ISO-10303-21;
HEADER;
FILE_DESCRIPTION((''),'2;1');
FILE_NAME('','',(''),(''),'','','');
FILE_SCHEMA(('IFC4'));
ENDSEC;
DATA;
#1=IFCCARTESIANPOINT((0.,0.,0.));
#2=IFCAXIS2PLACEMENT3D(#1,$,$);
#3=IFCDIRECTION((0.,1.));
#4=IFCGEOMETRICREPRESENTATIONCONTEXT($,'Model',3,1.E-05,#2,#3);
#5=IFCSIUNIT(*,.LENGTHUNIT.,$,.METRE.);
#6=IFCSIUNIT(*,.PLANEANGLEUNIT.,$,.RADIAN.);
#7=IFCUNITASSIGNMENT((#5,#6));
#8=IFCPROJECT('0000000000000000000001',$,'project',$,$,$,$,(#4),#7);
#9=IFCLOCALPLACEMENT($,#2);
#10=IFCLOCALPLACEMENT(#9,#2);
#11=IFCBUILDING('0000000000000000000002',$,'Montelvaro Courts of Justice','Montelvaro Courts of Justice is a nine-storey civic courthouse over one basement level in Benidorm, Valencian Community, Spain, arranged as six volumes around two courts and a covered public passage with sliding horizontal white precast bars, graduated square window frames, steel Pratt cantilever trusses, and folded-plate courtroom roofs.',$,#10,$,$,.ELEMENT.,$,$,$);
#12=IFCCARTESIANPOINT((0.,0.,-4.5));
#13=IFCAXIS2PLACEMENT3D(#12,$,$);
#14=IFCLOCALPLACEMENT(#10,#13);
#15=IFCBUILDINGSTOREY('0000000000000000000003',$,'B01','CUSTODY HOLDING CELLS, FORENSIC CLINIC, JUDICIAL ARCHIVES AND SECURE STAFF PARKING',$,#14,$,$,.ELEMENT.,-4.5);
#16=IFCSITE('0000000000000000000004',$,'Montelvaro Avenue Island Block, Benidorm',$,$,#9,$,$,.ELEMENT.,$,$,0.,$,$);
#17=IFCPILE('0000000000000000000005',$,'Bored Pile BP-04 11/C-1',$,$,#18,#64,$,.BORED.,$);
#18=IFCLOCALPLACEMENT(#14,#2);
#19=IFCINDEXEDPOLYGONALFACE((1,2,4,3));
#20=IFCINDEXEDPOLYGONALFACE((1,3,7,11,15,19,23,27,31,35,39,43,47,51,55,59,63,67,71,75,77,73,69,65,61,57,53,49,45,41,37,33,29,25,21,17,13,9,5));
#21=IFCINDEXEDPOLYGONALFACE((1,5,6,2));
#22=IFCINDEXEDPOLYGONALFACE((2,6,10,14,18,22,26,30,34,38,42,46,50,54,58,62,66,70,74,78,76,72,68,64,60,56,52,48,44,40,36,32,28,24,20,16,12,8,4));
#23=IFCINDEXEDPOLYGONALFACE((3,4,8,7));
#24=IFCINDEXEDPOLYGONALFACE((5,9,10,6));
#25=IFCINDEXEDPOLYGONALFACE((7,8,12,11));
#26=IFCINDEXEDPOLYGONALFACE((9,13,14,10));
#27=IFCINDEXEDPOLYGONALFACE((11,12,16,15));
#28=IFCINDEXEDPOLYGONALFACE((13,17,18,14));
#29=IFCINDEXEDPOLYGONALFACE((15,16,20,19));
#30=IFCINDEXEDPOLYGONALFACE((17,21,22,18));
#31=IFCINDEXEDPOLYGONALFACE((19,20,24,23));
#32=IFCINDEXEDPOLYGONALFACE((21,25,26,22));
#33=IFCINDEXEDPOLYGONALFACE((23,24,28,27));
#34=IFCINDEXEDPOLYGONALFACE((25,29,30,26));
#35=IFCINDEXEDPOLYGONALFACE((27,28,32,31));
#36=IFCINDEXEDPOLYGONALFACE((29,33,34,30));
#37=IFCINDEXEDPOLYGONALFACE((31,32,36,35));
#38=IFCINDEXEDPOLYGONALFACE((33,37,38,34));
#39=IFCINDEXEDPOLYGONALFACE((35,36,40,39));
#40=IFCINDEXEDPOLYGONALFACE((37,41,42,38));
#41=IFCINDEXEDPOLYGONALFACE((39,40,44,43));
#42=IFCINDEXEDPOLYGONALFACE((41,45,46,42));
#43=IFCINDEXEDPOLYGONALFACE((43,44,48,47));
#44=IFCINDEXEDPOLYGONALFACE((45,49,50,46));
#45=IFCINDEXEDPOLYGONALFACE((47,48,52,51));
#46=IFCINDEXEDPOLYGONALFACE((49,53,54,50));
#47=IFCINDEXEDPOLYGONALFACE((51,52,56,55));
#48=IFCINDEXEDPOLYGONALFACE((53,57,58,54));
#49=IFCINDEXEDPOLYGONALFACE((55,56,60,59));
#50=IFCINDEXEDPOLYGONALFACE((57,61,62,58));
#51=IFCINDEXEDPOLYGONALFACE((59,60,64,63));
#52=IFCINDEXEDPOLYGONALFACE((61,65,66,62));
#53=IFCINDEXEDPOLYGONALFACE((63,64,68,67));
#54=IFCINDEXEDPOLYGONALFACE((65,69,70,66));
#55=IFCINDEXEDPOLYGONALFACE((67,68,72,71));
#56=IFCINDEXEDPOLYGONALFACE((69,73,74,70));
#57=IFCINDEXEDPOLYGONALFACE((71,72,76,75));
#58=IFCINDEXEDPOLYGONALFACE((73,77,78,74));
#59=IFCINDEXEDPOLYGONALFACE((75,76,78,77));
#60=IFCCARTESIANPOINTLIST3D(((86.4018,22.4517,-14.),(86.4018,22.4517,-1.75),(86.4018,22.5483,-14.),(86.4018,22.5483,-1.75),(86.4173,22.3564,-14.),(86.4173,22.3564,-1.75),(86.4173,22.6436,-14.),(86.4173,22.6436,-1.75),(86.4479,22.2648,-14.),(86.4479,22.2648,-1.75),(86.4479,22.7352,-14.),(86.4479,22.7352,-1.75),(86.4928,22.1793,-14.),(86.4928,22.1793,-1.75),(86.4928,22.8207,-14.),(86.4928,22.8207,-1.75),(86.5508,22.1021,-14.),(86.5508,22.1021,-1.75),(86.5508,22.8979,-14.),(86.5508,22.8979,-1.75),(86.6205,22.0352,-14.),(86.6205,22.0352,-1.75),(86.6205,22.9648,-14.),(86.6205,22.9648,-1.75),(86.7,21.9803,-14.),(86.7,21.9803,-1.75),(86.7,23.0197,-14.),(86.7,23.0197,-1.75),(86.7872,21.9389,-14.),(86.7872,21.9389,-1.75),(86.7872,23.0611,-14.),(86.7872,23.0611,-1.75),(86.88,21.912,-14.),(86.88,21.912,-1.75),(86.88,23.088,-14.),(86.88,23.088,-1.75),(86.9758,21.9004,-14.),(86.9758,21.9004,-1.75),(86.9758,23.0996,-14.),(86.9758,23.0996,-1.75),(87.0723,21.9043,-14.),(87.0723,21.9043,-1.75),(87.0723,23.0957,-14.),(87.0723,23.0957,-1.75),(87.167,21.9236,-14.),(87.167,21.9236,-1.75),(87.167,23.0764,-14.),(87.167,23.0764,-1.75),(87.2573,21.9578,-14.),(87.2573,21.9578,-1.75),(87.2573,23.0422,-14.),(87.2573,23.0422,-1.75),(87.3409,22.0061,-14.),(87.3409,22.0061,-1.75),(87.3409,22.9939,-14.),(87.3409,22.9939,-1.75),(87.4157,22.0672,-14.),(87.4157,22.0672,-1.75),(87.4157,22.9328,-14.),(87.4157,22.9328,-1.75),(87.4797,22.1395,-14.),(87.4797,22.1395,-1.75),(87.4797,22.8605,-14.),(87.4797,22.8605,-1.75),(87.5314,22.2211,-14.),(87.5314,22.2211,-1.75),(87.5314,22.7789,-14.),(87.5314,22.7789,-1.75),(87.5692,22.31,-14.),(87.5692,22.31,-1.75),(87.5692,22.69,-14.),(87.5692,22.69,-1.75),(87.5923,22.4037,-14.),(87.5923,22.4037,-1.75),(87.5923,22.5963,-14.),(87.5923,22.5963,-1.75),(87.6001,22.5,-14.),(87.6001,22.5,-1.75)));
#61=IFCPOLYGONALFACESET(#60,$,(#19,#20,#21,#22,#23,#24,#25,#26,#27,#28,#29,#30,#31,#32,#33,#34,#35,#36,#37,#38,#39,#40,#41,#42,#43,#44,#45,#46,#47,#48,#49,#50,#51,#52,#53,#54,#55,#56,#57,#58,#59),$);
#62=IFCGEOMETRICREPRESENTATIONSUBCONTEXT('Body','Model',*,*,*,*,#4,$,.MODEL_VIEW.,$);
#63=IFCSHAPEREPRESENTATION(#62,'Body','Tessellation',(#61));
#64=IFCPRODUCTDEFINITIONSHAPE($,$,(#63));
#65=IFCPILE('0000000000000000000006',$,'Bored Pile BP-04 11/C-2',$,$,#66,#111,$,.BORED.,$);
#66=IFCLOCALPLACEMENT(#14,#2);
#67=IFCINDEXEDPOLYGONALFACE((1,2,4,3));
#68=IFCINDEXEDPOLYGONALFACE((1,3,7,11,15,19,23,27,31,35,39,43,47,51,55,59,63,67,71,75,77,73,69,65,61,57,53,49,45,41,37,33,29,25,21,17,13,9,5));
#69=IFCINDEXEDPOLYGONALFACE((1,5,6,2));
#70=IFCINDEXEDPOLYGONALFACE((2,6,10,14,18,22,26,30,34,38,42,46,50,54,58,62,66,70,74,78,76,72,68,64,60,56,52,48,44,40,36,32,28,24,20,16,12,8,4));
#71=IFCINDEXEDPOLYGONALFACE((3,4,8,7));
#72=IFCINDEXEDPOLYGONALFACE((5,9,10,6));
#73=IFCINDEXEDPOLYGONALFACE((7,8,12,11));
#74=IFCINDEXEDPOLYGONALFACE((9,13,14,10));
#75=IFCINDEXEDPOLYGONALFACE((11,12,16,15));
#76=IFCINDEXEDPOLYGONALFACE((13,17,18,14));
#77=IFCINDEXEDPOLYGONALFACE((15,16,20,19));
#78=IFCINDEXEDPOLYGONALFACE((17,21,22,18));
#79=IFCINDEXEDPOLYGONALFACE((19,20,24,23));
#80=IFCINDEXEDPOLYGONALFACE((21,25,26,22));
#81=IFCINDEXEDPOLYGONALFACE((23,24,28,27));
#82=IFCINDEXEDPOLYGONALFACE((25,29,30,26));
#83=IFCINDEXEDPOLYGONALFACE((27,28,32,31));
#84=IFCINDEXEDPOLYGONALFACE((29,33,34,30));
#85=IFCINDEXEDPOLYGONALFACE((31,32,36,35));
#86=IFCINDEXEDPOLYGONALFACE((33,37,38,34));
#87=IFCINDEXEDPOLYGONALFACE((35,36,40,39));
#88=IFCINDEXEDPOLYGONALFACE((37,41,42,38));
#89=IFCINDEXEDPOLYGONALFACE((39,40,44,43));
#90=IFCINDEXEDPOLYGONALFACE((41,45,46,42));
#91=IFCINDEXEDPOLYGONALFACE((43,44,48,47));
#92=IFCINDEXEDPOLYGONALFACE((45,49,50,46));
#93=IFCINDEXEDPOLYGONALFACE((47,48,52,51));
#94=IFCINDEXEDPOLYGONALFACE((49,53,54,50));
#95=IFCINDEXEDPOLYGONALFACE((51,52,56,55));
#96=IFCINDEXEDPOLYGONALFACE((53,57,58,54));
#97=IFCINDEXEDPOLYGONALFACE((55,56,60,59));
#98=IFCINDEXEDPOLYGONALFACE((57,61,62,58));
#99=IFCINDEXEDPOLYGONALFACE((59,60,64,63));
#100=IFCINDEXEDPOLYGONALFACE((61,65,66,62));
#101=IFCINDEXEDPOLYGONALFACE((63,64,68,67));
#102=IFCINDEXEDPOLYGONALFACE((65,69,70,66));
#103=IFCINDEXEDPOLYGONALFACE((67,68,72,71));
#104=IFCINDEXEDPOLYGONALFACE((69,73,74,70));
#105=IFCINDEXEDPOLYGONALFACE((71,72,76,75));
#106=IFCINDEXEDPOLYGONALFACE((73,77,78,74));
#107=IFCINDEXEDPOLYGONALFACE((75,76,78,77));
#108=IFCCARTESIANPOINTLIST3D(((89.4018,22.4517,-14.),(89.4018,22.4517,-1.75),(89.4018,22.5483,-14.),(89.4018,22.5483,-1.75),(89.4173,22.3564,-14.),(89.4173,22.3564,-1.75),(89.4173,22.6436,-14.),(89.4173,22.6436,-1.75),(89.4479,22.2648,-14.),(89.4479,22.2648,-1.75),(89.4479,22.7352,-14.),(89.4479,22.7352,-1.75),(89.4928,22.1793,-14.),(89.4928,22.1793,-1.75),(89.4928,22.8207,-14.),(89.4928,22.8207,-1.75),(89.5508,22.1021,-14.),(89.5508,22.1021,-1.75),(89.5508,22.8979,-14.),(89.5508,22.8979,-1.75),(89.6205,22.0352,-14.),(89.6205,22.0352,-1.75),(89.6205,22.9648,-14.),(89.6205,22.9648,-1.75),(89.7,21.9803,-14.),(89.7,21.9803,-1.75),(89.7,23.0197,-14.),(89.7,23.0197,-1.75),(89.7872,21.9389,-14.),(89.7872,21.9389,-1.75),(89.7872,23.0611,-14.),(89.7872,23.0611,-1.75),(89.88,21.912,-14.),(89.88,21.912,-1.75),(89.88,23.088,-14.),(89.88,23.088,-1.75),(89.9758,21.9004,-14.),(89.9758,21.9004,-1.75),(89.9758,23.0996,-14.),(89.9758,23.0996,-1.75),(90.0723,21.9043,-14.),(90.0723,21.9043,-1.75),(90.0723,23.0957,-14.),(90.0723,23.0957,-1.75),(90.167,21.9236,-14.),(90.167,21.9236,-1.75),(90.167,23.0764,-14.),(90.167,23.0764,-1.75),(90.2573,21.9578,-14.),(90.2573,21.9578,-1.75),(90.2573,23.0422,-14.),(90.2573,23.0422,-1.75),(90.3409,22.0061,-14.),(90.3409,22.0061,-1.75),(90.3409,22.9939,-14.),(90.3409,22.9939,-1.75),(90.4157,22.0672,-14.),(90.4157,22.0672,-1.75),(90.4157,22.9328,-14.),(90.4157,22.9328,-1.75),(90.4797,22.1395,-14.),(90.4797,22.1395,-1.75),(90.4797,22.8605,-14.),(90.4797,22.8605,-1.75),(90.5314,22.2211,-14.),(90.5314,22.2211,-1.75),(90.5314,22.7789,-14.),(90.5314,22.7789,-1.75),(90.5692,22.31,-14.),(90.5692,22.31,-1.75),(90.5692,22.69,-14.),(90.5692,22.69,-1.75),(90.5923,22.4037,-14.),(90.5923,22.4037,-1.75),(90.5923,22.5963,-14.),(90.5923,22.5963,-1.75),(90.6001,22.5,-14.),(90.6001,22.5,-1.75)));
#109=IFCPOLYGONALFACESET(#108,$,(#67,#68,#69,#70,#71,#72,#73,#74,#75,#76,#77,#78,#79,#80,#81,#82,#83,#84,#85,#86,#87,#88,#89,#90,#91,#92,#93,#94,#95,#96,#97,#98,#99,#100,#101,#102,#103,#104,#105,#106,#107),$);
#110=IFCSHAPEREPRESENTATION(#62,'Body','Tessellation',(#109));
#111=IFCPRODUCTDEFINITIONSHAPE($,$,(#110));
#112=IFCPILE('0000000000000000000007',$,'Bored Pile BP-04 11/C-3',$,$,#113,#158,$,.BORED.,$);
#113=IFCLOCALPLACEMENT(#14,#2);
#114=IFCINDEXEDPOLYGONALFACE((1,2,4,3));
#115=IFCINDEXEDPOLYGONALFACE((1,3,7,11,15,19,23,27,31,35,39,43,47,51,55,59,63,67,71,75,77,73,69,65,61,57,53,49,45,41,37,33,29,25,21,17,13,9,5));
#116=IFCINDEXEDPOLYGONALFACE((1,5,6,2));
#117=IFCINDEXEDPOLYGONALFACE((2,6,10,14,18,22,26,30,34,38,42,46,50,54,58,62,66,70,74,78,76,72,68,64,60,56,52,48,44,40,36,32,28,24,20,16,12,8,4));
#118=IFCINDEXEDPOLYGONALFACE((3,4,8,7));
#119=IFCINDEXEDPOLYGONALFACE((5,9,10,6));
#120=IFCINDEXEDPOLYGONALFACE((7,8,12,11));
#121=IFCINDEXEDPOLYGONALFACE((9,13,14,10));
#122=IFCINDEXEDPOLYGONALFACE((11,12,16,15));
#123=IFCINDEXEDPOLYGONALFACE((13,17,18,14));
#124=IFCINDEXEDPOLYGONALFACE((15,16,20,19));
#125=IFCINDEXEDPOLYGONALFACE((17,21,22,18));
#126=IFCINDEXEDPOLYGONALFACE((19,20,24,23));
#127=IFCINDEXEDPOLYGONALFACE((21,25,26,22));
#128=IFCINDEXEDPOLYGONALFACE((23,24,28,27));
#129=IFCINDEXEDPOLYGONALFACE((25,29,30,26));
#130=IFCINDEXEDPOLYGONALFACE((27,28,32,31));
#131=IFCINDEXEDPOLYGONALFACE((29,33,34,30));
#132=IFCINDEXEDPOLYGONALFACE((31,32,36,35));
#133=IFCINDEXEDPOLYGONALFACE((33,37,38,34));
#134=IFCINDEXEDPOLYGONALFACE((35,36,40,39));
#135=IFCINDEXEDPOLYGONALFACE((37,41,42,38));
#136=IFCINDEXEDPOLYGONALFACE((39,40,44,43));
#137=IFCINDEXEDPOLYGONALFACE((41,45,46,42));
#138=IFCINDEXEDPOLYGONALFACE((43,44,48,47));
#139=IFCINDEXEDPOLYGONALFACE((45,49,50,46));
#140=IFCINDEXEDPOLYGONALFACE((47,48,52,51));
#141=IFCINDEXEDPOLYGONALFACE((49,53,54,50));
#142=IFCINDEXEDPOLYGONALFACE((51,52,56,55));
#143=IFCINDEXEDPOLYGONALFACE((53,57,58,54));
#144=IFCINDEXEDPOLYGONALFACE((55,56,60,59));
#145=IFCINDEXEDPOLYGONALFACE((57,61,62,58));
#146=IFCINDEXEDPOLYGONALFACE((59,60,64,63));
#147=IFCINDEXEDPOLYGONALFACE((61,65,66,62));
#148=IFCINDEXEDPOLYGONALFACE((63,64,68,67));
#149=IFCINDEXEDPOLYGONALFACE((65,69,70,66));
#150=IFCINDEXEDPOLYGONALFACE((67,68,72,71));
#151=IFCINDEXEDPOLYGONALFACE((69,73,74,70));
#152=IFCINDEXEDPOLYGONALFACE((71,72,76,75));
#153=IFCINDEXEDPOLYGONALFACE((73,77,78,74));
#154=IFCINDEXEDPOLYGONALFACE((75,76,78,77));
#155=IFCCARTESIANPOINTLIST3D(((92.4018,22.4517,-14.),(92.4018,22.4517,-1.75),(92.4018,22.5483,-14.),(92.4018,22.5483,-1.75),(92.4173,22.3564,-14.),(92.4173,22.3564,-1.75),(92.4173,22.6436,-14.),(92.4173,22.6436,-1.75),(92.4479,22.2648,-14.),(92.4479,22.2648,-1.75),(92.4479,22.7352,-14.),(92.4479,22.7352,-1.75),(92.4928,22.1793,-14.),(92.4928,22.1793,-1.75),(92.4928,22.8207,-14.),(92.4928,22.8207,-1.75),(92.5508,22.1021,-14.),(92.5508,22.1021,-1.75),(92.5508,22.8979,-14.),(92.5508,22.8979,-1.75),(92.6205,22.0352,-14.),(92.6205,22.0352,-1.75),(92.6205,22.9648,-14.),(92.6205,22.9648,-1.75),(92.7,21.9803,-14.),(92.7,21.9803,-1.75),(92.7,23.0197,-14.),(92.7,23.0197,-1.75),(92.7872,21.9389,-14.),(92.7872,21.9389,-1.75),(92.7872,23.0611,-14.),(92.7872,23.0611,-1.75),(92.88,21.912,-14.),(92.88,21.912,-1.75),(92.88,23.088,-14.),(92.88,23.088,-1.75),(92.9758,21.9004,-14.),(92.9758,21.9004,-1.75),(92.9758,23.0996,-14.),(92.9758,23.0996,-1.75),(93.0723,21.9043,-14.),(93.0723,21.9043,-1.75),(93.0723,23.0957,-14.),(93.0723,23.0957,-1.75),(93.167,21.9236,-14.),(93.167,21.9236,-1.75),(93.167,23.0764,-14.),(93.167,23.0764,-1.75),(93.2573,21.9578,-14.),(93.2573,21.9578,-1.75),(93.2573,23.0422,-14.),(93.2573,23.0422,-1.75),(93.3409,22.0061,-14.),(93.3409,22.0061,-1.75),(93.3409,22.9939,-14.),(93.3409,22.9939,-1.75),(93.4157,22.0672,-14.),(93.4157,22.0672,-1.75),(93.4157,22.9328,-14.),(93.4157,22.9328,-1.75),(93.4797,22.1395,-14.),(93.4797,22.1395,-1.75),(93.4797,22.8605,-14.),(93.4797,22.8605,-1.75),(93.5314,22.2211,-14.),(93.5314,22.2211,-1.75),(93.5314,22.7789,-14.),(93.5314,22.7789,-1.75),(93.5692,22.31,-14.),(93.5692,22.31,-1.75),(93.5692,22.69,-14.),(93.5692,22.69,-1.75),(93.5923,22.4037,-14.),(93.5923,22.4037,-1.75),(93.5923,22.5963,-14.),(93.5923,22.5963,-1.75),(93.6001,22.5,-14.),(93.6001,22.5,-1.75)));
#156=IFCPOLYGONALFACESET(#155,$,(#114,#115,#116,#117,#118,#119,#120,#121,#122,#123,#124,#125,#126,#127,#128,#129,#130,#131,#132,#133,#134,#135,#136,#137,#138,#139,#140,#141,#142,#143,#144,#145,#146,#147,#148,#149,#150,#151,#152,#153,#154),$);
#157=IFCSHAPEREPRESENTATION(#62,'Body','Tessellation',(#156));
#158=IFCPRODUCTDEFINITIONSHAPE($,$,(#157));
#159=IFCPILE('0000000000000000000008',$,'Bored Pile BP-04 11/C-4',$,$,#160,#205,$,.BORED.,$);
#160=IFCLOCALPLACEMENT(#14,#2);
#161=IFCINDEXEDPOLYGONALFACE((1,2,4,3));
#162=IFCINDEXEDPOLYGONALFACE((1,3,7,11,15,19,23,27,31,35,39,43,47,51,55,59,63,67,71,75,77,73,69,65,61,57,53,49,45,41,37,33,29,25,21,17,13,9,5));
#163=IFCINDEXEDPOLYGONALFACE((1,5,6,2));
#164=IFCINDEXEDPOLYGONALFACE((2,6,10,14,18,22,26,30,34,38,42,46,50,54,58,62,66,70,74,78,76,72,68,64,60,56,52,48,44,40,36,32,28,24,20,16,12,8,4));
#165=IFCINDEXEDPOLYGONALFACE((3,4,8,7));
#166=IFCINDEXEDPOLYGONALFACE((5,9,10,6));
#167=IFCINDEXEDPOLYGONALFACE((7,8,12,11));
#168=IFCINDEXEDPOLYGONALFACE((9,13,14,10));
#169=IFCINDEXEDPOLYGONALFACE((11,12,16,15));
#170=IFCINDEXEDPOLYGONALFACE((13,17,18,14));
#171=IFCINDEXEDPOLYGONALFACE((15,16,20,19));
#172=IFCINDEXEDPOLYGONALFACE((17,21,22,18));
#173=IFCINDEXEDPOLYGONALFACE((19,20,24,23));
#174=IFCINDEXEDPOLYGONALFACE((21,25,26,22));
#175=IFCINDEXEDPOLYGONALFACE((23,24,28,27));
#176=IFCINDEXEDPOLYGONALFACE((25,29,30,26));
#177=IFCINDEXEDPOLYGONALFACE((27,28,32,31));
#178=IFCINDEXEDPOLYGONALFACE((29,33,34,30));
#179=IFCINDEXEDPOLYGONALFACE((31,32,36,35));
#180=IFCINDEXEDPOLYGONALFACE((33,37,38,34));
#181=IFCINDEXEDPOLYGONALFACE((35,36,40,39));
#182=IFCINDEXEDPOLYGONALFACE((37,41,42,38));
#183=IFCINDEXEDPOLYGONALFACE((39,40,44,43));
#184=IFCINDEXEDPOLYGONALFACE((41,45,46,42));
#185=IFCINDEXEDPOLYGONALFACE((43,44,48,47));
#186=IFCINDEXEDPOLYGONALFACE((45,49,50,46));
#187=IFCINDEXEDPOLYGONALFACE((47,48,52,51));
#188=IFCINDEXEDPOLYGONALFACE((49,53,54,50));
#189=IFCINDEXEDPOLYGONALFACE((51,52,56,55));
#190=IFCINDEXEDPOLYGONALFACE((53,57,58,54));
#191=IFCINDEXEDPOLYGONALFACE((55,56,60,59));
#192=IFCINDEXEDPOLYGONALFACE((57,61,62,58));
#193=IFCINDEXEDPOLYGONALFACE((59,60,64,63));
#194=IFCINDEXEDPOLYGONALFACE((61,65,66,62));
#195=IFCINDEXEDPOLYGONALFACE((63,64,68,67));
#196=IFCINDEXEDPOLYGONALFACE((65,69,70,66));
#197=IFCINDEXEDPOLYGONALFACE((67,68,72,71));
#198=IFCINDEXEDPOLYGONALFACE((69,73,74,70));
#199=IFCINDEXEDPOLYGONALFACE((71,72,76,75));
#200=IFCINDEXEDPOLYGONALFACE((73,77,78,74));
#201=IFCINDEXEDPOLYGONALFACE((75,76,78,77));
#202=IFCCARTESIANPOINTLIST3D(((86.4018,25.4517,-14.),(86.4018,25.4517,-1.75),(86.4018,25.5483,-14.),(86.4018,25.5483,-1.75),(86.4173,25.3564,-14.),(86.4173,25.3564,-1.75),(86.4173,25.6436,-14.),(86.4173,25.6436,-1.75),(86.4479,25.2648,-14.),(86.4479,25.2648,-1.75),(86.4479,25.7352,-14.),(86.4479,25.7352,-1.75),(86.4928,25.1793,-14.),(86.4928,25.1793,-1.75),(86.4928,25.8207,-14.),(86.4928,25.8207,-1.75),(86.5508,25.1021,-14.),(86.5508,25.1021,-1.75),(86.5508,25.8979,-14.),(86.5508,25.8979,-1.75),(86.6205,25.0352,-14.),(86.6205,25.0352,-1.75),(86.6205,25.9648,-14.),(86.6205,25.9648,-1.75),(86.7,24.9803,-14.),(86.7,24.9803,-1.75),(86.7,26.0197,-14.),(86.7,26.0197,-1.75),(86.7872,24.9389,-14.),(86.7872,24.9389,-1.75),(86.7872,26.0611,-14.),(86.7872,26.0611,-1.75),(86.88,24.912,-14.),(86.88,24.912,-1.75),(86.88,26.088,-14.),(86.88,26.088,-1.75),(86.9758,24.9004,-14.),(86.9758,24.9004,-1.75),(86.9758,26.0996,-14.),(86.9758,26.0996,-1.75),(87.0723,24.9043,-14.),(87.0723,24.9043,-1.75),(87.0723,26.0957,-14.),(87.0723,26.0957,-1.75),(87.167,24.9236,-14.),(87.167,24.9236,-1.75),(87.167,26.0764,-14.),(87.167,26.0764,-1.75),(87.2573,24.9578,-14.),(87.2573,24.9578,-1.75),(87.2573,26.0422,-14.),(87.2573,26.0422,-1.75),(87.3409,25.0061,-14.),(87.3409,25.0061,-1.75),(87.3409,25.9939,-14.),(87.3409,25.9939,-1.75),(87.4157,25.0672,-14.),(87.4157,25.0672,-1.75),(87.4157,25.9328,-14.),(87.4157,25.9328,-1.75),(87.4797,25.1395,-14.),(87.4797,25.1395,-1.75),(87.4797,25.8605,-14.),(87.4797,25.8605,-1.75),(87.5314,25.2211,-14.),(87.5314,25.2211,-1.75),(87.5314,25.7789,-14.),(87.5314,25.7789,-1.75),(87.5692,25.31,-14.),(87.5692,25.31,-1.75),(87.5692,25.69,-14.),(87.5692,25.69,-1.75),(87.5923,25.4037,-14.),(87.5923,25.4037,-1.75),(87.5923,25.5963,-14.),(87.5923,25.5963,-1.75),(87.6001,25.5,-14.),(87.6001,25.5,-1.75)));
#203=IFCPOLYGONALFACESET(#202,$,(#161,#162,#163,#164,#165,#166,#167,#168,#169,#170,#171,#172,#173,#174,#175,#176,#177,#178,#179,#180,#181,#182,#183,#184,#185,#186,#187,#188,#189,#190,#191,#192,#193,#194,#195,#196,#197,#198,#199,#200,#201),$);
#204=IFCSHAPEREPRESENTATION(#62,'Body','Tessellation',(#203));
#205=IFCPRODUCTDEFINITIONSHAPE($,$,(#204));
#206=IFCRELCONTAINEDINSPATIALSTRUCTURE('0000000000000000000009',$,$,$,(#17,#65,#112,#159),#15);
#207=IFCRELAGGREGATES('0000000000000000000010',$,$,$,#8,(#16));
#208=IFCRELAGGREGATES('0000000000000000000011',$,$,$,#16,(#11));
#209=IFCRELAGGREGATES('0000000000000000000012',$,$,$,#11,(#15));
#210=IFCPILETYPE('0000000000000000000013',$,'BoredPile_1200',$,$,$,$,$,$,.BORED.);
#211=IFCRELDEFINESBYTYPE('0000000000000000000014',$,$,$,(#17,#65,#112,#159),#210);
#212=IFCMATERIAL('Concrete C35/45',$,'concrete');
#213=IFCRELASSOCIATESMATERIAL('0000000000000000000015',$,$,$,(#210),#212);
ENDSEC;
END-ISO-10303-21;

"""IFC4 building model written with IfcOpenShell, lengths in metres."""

from ifc_helpers import new_model, si_unit, direction, frame, origin, origin_2d, place, context, subcontext, project, spatial, circle, extrude, material, material_profile, profile_set, type_object, element, save


model = new_model("IFC4")

# Units and contexts
model_context = context("Model", 3, precision=1e-05, world=origin(), true_north=direction((0.0, 1.0)))
body_context = subcontext(model_context, "Body", "Model", "MODEL_VIEW")
ifc_project = project(units=[si_unit("LENGTHUNIT", "METRE"), si_unit("PLANEANGLEUNIT", "RADIAN")], contexts=[model_context])

# Site, building, storey
site_placement = place(None, origin())
site = spatial("IfcSite", under=ifc_project, at=site_placement, Name="Montelvaro Avenue Island Block, Benidorm", CompositionType="ELEMENT", RefElevation=0.0)
building_placement = place(site_placement, origin())
building = spatial("IfcBuilding", under=site, at=building_placement, Name="Montelvaro Courts of Justice", Description="Montelvaro Courts of Justice is a nine-storey civic courthouse over one basement level in Benidorm, Valencian Community, Spain, arranged as six volumes around two courts and a covered public passage with sliding horizontal white precast bars, graduated square window frames, steel Pratt cantilever trusses, and folded-plate courtroom roofs.", CompositionType="ELEMENT")
storey_placement = place(building_placement, frame((0.0, 0.0, -4.5)))
storey = spatial("IfcBuildingStorey", under=building, at=storey_placement, Name="B01", Description="CUSTODY HOLDING CELLS, FORENSIC CLINIC, JUDICIAL ARCHIVES AND SECURE STAFF PARKING", CompositionType="ELEMENT", Elevation=-4.5)

# Piles
ifc_material_1 = material(Name="Concrete C35/45", Category="concrete")
ifc_material_profile_1 = material_profile(ifc_material_1, circle(Radius=0.6001, at=origin_2d()), Name="BORED PILE D1200")
ifc_profile_set_1 = profile_set([ifc_material_profile_1], Name="Concrete C35/45")
pile_type_1 = type_object("IfcPileType", Name="BoredPile_1200", PredefinedType="BORED", material=ifc_profile_set_1)
for number, where, z_axis, x_axis, name in (
    (1, (87.0, 22.5, -1.75), (0.0, 0.0, -1.0), (1.0, 0.0, 0.0), "Bored Pile BP-04 11/C-1"),
    (2, (90.0, 22.5, -1.75), (0.0, 0.0, -1.0), (1.0, 0.0, 0.0), "Bored Pile BP-04 11/C-2"),
    (3, (93.0, 22.5, -1.75), (0.0, 0.0, -1.0), (1.0, 0.0, 0.0), "Bored Pile BP-04 11/C-3"),
    (4, (87.0, 25.5, -1.75), (0.0, 0.0, -1.0), (1.0, 0.0, 0.0), "Bored Pile BP-04 11/C-4"),
):
    element("IfcPile", number, at=place(storey_placement, frame(where, z_axis=z_axis, x_axis=x_axis)), inside=storey, type_object=pile_type_1, Name=name, PredefinedType="BORED", context=body_context, shape_type="SweptSolid", body=[
        extrude(circle(Radius=0.6001, at=origin_2d()), origin(), (0.0, 0.0, 1.0), 12.25),
    ])

save(model, "model.ifc")
